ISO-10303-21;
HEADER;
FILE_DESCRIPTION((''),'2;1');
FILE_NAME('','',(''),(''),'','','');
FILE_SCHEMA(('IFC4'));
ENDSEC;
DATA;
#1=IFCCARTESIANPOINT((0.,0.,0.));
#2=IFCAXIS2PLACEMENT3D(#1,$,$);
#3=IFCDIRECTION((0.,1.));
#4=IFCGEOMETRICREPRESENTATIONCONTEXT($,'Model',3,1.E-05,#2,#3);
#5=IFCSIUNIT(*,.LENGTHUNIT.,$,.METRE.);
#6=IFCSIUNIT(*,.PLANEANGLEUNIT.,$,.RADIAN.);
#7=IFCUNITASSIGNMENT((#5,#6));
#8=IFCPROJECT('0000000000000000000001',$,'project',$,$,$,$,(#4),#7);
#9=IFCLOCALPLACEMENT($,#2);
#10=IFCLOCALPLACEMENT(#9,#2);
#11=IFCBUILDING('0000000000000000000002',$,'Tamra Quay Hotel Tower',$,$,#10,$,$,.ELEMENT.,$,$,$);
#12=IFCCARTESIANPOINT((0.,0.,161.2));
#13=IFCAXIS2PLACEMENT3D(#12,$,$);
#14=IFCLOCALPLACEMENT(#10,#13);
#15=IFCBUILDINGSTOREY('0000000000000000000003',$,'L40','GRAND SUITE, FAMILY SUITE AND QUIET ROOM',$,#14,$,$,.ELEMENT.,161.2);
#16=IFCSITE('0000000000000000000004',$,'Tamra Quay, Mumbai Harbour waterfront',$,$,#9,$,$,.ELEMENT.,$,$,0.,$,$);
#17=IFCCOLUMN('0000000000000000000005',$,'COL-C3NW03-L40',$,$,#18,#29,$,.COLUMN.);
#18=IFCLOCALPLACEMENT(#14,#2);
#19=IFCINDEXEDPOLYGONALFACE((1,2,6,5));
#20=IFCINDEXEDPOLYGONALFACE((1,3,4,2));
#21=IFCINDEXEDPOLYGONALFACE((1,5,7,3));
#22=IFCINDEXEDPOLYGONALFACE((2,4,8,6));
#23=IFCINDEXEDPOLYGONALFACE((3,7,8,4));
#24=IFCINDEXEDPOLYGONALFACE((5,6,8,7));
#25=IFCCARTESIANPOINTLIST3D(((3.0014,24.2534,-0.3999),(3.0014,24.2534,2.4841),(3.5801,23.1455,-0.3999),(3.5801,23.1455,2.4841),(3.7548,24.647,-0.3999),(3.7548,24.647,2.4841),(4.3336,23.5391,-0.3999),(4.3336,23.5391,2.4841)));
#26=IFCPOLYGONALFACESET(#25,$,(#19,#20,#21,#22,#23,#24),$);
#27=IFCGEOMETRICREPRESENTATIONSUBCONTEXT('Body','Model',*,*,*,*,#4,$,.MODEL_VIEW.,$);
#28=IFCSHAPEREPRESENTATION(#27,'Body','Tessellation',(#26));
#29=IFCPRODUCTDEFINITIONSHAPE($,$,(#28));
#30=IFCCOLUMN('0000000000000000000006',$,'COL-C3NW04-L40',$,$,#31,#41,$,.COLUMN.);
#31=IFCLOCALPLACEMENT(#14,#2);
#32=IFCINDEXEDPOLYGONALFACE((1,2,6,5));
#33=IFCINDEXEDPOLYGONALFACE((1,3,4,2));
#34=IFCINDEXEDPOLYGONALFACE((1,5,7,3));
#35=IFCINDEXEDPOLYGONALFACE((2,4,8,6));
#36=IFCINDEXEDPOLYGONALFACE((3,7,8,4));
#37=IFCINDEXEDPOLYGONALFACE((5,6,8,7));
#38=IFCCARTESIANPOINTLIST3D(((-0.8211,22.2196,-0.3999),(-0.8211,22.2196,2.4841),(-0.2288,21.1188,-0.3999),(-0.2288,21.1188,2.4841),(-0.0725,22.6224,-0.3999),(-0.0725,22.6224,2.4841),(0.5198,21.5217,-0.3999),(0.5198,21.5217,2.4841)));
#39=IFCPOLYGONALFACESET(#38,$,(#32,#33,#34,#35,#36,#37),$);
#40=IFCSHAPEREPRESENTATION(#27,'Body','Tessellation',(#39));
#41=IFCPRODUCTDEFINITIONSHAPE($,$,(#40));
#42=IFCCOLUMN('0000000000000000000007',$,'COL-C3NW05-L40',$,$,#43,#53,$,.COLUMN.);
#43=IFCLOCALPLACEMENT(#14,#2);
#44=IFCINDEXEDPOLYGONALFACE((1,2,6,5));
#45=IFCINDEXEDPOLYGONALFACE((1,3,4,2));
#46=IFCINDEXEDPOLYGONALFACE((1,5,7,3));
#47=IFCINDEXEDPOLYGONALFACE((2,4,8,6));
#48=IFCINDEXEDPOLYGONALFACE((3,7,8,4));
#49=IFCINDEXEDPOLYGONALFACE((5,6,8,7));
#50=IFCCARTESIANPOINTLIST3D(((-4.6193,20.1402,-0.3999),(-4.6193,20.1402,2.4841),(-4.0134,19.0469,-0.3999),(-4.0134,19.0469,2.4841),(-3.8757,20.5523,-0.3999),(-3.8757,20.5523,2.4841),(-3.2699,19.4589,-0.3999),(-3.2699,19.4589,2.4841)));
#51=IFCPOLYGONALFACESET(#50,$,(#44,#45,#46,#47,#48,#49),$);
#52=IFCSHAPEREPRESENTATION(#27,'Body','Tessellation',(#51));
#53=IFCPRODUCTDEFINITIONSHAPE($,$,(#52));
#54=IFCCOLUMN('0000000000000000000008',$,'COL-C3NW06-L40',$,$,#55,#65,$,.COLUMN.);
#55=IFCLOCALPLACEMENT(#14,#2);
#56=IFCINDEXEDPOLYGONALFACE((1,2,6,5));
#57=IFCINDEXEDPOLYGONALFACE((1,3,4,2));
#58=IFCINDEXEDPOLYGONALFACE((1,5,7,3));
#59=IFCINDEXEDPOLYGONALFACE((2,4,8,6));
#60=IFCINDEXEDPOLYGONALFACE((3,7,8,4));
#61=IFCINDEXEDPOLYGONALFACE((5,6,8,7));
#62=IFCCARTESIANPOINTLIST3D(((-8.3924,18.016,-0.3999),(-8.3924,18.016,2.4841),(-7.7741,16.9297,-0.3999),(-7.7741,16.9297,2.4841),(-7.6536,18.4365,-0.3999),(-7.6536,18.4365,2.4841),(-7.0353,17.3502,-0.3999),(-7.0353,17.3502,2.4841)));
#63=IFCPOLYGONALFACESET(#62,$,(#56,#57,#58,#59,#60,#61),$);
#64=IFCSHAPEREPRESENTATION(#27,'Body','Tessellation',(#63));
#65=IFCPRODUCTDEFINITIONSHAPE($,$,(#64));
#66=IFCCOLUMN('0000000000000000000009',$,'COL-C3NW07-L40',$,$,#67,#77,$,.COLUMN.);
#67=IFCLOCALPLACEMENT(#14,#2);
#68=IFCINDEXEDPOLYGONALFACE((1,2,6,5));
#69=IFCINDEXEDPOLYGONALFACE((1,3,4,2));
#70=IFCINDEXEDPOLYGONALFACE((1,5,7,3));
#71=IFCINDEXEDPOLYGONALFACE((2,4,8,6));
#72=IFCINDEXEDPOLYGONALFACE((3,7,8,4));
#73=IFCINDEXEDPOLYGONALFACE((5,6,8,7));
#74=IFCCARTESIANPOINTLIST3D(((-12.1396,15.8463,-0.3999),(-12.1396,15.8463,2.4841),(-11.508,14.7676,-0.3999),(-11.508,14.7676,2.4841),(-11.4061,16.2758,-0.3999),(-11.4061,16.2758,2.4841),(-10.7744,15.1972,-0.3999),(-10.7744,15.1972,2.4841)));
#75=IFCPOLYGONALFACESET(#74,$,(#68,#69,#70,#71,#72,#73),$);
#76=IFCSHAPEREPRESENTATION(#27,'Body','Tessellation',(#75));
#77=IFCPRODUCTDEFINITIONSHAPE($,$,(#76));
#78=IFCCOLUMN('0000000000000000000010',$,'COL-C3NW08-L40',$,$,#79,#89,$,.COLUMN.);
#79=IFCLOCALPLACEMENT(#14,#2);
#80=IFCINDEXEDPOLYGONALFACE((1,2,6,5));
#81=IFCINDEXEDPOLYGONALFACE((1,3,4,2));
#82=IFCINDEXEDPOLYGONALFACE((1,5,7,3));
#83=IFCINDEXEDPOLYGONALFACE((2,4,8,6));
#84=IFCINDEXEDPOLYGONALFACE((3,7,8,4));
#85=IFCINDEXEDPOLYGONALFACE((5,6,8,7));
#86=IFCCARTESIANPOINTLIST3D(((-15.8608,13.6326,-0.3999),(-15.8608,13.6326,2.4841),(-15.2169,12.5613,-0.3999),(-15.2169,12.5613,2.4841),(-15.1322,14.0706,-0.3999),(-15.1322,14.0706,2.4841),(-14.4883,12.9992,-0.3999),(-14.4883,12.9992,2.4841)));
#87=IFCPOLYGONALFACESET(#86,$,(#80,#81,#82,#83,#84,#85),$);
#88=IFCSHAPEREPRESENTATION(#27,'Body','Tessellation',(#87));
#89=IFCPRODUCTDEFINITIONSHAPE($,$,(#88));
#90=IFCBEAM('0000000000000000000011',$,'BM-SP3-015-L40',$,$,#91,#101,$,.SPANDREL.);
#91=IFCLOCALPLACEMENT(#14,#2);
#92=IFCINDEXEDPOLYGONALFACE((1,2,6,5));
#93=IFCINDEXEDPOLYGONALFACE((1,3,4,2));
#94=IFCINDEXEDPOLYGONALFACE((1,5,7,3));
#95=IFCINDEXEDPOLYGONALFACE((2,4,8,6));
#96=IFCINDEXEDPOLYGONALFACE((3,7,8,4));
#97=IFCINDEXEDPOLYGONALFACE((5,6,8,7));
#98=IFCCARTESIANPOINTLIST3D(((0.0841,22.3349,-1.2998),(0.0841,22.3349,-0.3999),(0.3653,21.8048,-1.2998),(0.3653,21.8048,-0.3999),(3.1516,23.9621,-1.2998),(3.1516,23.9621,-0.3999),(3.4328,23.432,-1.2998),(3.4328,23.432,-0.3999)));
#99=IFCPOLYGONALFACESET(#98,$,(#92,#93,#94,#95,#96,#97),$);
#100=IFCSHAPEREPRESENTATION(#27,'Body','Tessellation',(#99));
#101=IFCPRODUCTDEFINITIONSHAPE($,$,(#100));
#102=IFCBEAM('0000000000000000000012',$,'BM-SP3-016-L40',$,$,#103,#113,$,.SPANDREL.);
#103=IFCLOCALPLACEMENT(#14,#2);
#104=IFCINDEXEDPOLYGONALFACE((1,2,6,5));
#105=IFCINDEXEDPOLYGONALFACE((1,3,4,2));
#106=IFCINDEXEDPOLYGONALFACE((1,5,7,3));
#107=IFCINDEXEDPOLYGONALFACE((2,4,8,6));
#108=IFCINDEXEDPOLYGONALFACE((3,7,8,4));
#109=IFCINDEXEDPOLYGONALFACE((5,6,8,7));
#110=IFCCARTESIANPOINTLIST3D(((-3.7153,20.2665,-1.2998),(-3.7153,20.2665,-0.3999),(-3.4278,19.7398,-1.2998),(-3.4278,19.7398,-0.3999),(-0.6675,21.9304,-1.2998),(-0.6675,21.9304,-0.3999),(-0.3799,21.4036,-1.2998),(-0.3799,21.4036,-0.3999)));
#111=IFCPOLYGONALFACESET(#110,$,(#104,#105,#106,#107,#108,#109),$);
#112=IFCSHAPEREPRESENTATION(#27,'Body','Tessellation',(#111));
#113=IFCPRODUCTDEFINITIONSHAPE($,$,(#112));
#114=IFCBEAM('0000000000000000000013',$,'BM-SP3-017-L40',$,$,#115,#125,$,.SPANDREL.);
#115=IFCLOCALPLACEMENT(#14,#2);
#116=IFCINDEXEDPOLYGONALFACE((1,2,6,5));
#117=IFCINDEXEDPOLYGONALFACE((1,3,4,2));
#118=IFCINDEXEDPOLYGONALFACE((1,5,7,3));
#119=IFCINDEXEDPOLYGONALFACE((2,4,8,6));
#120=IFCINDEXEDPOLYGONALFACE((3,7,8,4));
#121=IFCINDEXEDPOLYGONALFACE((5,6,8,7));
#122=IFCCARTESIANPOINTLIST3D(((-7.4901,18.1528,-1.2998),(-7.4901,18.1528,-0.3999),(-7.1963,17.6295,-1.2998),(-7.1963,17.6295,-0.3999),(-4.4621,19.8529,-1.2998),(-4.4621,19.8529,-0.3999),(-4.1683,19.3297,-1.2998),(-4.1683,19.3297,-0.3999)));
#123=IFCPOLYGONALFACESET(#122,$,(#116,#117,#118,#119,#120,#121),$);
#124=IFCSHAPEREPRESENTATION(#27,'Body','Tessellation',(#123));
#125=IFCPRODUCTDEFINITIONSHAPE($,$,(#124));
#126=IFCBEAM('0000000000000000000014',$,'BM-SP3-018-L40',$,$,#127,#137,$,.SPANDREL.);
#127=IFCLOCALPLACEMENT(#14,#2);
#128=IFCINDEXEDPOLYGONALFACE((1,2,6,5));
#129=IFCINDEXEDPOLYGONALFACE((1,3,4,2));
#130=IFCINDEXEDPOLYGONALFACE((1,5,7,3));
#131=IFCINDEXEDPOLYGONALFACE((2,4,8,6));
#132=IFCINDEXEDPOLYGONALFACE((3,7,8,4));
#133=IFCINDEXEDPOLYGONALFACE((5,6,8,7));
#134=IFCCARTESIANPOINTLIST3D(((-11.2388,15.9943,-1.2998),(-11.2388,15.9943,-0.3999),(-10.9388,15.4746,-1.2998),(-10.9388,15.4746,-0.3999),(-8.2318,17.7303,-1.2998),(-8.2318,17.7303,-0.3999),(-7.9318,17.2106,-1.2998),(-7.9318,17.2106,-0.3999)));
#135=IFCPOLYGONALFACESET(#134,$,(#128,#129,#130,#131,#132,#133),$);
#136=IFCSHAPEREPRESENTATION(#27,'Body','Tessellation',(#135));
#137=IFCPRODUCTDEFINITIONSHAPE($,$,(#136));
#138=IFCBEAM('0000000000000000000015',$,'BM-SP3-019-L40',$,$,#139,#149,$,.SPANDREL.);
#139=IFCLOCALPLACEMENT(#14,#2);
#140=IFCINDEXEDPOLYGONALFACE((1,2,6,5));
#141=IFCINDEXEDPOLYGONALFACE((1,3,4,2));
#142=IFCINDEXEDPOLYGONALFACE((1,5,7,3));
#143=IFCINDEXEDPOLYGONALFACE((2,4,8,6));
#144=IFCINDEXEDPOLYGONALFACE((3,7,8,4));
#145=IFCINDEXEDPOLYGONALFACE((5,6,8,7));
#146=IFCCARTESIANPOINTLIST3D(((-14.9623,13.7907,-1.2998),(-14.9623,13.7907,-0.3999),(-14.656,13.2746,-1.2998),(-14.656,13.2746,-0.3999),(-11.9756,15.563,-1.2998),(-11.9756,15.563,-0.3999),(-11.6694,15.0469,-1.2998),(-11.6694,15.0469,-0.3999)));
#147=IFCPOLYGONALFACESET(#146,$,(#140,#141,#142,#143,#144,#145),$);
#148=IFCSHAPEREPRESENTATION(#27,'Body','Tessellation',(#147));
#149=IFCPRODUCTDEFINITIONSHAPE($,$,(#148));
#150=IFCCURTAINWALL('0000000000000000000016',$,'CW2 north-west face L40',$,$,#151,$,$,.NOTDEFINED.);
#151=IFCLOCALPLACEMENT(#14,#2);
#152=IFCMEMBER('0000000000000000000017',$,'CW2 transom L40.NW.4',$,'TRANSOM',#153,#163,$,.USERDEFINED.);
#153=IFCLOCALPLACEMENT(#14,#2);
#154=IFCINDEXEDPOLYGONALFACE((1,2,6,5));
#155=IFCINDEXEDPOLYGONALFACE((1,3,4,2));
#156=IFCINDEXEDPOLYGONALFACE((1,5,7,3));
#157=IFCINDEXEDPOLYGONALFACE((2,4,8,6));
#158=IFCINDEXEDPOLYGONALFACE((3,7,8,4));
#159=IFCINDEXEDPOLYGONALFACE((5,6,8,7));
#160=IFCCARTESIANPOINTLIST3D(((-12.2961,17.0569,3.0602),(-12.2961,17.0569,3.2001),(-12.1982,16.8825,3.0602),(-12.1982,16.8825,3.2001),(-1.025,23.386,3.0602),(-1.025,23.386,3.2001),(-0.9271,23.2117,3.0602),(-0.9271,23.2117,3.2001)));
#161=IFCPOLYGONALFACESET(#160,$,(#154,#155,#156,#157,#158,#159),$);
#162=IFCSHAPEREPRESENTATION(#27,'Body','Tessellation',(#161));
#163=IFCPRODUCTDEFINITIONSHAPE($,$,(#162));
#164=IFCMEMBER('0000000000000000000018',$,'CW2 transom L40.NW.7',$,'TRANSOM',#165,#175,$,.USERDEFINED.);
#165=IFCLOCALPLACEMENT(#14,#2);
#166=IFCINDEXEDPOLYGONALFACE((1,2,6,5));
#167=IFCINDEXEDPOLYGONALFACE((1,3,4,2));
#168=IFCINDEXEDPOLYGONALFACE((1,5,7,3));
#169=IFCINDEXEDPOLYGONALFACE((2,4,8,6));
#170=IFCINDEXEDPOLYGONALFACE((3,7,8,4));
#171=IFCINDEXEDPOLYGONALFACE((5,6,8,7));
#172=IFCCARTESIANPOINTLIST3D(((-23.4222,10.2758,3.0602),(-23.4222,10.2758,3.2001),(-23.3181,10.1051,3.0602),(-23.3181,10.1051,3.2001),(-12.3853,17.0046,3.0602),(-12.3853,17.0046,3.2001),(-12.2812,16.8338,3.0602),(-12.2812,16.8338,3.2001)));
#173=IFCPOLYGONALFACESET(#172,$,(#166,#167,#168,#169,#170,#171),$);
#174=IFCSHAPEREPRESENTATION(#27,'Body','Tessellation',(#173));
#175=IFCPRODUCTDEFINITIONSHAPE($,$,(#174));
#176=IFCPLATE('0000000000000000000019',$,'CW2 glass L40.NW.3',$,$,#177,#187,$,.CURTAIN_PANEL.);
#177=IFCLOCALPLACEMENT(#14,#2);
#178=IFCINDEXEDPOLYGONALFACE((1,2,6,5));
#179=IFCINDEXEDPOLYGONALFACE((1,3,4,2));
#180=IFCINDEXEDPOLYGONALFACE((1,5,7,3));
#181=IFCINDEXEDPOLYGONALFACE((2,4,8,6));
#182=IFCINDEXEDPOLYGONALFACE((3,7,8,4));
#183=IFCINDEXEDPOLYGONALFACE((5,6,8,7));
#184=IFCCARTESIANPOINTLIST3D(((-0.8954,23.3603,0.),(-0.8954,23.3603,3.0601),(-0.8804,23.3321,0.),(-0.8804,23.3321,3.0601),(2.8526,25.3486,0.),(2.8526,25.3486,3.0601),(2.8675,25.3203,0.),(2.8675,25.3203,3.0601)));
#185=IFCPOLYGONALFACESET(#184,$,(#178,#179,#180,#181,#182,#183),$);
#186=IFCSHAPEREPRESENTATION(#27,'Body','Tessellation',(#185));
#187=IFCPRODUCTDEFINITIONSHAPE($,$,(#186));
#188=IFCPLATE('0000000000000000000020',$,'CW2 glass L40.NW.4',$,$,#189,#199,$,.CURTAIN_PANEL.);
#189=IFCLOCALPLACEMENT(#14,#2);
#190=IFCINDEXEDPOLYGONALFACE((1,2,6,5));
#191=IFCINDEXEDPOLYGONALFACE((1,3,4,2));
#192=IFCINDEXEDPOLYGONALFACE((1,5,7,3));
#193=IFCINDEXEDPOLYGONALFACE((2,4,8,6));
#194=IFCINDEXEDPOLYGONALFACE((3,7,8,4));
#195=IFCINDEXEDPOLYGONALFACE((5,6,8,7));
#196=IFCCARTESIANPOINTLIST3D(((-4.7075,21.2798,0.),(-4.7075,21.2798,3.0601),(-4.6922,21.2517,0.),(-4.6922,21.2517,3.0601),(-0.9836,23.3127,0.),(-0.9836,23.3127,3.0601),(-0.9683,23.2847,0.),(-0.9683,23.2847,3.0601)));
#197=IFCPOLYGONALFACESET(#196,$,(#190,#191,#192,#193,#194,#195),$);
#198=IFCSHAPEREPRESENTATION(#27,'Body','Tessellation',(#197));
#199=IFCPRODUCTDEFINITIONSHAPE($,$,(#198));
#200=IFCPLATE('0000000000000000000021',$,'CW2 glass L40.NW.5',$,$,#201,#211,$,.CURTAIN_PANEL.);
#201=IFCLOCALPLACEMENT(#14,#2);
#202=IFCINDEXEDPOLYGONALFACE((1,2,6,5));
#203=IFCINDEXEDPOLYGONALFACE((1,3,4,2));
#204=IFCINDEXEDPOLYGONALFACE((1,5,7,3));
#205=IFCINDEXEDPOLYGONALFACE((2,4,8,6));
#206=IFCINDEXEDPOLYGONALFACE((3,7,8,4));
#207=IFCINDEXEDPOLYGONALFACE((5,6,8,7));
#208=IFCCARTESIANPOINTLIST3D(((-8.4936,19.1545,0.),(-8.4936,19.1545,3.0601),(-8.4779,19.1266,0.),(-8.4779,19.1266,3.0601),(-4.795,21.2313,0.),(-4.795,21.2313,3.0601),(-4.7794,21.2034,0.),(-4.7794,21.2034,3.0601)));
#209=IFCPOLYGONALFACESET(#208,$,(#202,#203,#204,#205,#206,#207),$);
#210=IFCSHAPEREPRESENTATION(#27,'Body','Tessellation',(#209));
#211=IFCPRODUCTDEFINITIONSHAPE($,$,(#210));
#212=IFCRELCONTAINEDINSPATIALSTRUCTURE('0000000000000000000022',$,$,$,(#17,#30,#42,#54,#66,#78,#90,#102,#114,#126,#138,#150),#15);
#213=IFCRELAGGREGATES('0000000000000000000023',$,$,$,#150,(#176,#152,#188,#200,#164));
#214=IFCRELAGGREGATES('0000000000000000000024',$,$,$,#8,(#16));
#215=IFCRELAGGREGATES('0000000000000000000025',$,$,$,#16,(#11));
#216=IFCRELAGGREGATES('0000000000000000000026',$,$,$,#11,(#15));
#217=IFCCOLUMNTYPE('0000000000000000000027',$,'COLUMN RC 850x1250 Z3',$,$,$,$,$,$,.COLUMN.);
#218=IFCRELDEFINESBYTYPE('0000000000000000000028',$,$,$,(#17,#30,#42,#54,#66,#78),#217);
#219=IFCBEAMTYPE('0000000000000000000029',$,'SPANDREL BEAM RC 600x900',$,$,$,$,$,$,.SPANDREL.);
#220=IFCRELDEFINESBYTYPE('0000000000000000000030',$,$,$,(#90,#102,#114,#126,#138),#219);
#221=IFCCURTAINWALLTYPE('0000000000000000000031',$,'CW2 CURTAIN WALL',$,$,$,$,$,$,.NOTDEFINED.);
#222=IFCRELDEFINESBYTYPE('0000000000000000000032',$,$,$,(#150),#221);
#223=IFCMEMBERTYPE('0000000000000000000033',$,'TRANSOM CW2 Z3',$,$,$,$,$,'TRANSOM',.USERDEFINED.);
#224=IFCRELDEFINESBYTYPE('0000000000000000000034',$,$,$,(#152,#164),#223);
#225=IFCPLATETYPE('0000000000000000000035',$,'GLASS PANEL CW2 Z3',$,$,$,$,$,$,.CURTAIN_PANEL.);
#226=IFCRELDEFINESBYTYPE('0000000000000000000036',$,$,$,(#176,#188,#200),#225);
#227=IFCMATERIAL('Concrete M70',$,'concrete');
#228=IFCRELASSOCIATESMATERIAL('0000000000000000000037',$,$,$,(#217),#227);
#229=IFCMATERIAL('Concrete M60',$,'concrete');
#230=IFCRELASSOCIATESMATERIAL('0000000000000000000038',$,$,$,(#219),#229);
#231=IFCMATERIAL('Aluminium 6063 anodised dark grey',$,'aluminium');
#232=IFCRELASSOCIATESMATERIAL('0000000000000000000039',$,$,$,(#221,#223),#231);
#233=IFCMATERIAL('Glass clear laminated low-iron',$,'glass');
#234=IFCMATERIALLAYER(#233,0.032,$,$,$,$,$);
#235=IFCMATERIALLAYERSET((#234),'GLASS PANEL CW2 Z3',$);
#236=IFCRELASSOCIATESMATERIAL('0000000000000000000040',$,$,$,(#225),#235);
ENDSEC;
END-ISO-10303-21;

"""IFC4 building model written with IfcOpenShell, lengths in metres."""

from ifc_helpers import new_model, si_unit, direction, frame, origin, origin_2d, place, context, subcontext, project, spatial, rectangle, extrude, material, layer, layer_set, material_profile, profile_set, type_object, element, aggregate, save


model = new_model("IFC4")

# Units and contexts
model_context = context("Model", 3, precision=1e-05, world=origin(), true_north=direction((0.0, 1.0)))
body_context = subcontext(model_context, "Body", "Model", "MODEL_VIEW")
ifc_project = project(units=[si_unit("LENGTHUNIT", "METRE"), si_unit("PLANEANGLEUNIT", "RADIAN")], contexts=[model_context])

# Site, building, storey
site_placement = place(None, origin())
site = spatial("IfcSite", under=ifc_project, at=site_placement, Name="Tamra Quay, Mumbai Harbour waterfront", CompositionType="ELEMENT", RefElevation=0.0)
building_placement = place(site_placement, origin())
building = spatial("IfcBuilding", under=site, at=building_placement, Name="Tamra Quay Hotel Tower", CompositionType="ELEMENT")
storey_placement = place(building_placement, frame((0.0, 0.0, 161.2)))
storey = spatial("IfcBuildingStorey", under=building, at=storey_placement, Name="L40", Description="GRAND SUITE, FAMILY SUITE AND QUIET ROOM", CompositionType="ELEMENT", Elevation=161.2)

# Columns
ifc_material_1 = material(Name="Concrete M70", Category="concrete")
ifc_material_profile_1 = material_profile(ifc_material_1, rectangle(XDim=1.25, YDim=0.8501, at=origin_2d()), Name="COLUMN RC 850x1250 Z3")
ifc_profile_set_1 = profile_set([ifc_material_profile_1], Name="Concrete M70")
column_type = type_object("IfcColumnType", Name="COLUMN RC 850x1250 Z3", PredefinedType="COLUMN", material=ifc_profile_set_1)
for number, where, z_axis, x_axis, name in (
    (1, (3.6675, 23.8962, -0.3999), (0.0, 0.0, 1.0), (-0.463007, 0.886355, 0.0), "COL-C3NW03-L40"),
    (2, (-0.1506, 21.8706, -0.3999), (0.0, 0.0, 1.0), (-0.473876, 0.880592, 0.0), "COL-C3NW04-L40"),
    (3, (-3.9446, 19.7996, -0.3999), (0.0, 0.0, 1.0), (-0.484683, 0.87469, 0.0), "COL-C3NW05-L40"),
    (4, (-7.7139, 17.6831, -0.3999), (0.0, 0.0, 1.0), (-0.494656, 0.869089, 0.0), "COL-C3NW06-L40"),
    (5, (-11.457, 15.5217, -0.3999), (0.0, 0.0, 1.0), (-0.505325, 0.862929, 0.0), "COL-C3NW07-L40"),
    (6, (-15.1746, 13.3159, -0.3999), (0.0, 0.0, 1.0), (-0.515162, 0.857093, 0.0), "COL-C3NW08-L40"),
):
    element("IfcColumn", number, at=place(storey_placement, frame(where, z_axis=z_axis, x_axis=x_axis)), inside=storey, type_object=column_type, Name=name, PredefinedType="COLUMN", context=body_context, shape_type="SweptSolid", body=[
        extrude(rectangle(XDim=1.25, YDim=0.8501, at=origin_2d()), origin(), (0.0, 0.0, 1.0), 2.884),
    ])

# Beams
ifc_material_2 = material(Name="Concrete M60", Category="concrete")
ifc_material_profile_2 = material_profile(ifc_material_2, rectangle(XDim=0.6001, YDim=0.8999, at=origin_2d()), Name="SPANDREL BEAM RC 600x900")
ifc_profile_set_2 = profile_set([ifc_material_profile_2], Name="Concrete M60")
beam_type = type_object("IfcBeamType", Name="SPANDREL BEAM RC 600x900", PredefinedType="SPANDREL", material=ifc_profile_set_2)
for number, where, z_axis, x_axis, name in (
    (7, (3.2922, 23.697, -0.8499), (-0.883411, -0.468598, 0.0), (0.468598, -0.883411, 0.0), "BM-SP3-015-L40"),
    (8, (-0.5237, 21.667, -0.8499), (-0.877732, -0.479153, 0.0), (0.479153, -0.877732, 0.0), "BM-SP3-016-L40"),
):
    element("IfcBeam", number, at=place(storey_placement, frame(where, z_axis=z_axis, x_axis=x_axis)), inside=storey, type_object=beam_type, Name=name, PredefinedType="SPANDREL", context=body_context, shape_type="SweptSolid", body=[
        extrude(rectangle(XDim=0.6001, YDim=0.8999, at=origin_2d()), origin(), (0.0, 0.0, 1.0), 3.4724),
    ])
beam_1_placement = place(storey_placement, frame((-4.3152, 19.5913, -0.8499), z_axis=(-0.871956, -0.489584, 0.0), x_axis=(0.489584, -0.871956, 0.0)))
element("IfcBeam", 9, at=beam_1_placement, inside=storey, type_object=beam_type, Name="BM-SP3-017-L40", PredefinedType="SPANDREL", context=body_context, shape_type="SweptSolid", body=[
    extrude(rectangle(XDim=0.6001, YDim=0.8999, at=origin_2d()), origin(), (0.0, 0.0, 1.0), 3.4727),
])
beam_2_placement = place(storey_placement, frame((-8.0818, 17.4705, -0.8499), z_axis=(-0.866032, -0.499988, 0.0), x_axis=(0.499988, -0.866032, 0.0)))
element("IfcBeam", 10, at=beam_2_placement, inside=storey, type_object=beam_type, Name="BM-SP3-018-L40", PredefinedType="SPANDREL", context=body_context, shape_type="SweptSolid", body=[
    extrude(rectangle(XDim=0.6001, YDim=0.8999, at=origin_2d()), origin(), (0.0, 0.0, 1.0), 3.4722),
])
beam_3_placement = place(storey_placement, frame((-11.8225, 15.3049, -0.8499), z_axis=(-0.859989, -0.510313, 0.0), x_axis=(0.510313, -0.859989, 0.0)))
element("IfcBeam", 11, at=beam_3_placement, inside=storey, type_object=beam_type, Name="BM-SP3-019-L40", PredefinedType="SPANDREL", context=body_context, shape_type="SweptSolid", body=[
    extrude(rectangle(XDim=0.6001, YDim=0.8999, at=origin_2d()), origin(), (0.0, 0.0, 1.0), 3.4729),
])

# Curtain wall, members, plates
ifc_material_3 = material(Name="Aluminium 6063 anodised dark grey", Category="aluminium")
curtain_wall_type = type_object("IfcCurtainWallType", Name="CW2 CURTAIN WALL", PredefinedType="NOTDEFINED", material=ifc_material_3)
curtain_wall_placement = place(storey_placement, origin())
curtain_wall = element("IfcCurtainWall", 12, at=curtain_wall_placement, inside=storey, type_object=curtain_wall_type, Name="CW2 north-west face L40", PredefinedType="NOTDEFINED")
ifc_material_profile_3 = material_profile(ifc_material_3, rectangle(XDim=0.2, YDim=0.1399, at=origin_2d()), Name="TRANSOM 200X140")
ifc_profile_set_3 = profile_set([ifc_material_profile_3], Name="Aluminium 6063 anodised dark grey")
member_type = type_object("IfcMemberType", Name="TRANSOM CW2 Z3", ElementType="TRANSOM", PredefinedType="USERDEFINED", material=ifc_profile_set_3)
member_1_placement = place(storey_placement, frame((-0.9761, 23.2988, 3.1301), z_axis=(-0.871933, -0.489624, 0.0), x_axis=(0.489624, -0.871933, 0.0)))
member_1 = element("IfcMember", 13, at=member_1_placement, type_object=member_type, Name="CW2 transom L40.NW.4", ObjectType="TRANSOM", PredefinedType="USERDEFINED", context=body_context, shape_type="SweptSolid", body=[
    extrude(rectangle(XDim=0.2, YDim=0.1399, at=origin_2d()), origin(), (0.0, 0.0, 1.0), 12.9265),
])
member_2_placement = place(storey_placement, frame((-12.3333, 16.9192, 3.1301), z_axis=(-0.853832, -0.520549, 0.0), x_axis=(0.520549, -0.853832, 0.0)))
member_2 = element("IfcMember", 14, at=member_2_placement, type_object=member_type, Name="CW2 transom L40.NW.7", ObjectType="TRANSOM", PredefinedType="USERDEFINED", context=body_context, shape_type="SweptSolid", body=[
    extrude(rectangle(XDim=0.2, YDim=0.1399, at=origin_2d()), origin(), (0.0, 0.0, 1.0), 12.9263),
])
ifc_material_4 = material(Name="Glass clear laminated low-iron", Category="glass")
ifc_layer_1 = layer(ifc_material_4, 0.032)
ifc_layer_set_1 = layer_set([ifc_layer_1], Name="GLASS PANEL CW2 Z3")
plate_type = type_object("IfcPlateType", Name="GLASS PANEL CW2 Z3", PredefinedType="CURTAIN_PANEL", material=ifc_layer_set_1)
plate_1_placement = place(storey_placement, frame((0.9861, 24.3403, 0.0), z_axis=(0.0, 0.0, 1.0), x_axis=(-0.883391, -0.468636, 0.0)))
plate_1 = element("IfcPlate", 15, at=plate_1_placement, type_object=plate_type, Name="CW2 glass L40.NW.3", PredefinedType="CURTAIN_PANEL", context=body_context, shape_type="SweptSolid", body=[
    extrude(rectangle(XDim=4.2427, YDim=0.032, at=origin_2d()), origin(), (0.0, 0.0, 1.0), 3.0601),
])
plate_2_placement = place(storey_placement, frame((-2.8379, 22.2822, 0.0), z_axis=(0.0, 0.0, 1.0), x_axis=(-0.877726, -0.479163, 0.0)))
plate_2 = element("IfcPlate", 16, at=plate_2_placement, type_object=plate_type, Name="CW2 glass L40.NW.4", PredefinedType="CURTAIN_PANEL", context=body_context, shape_type="SweptSolid", body=[
    extrude(rectangle(XDim=4.2427, YDim=0.032, at=origin_2d()), origin(), (0.0, 0.0, 1.0), 3.0601),
])
plate_3_placement = place(storey_placement, frame((-6.6365, 20.179, 0.0), z_axis=(0.0, 0.0, 1.0), x_axis=(-0.871942, -0.489609, 0.0)))
plate_3 = element("IfcPlate", 17, at=plate_3_placement, type_object=plate_type, Name="CW2 glass L40.NW.5", PredefinedType="CURTAIN_PANEL", context=body_context, shape_type="SweptSolid", body=[
    extrude(rectangle(XDim=4.2417, YDim=0.032, at=origin_2d()), origin(), (0.0, 0.0, 1.0), 3.0601),
])
aggregate(curtain_wall, [plate_1, member_1, plate_2, plate_3, member_2])

save(model, "model.ifc")
